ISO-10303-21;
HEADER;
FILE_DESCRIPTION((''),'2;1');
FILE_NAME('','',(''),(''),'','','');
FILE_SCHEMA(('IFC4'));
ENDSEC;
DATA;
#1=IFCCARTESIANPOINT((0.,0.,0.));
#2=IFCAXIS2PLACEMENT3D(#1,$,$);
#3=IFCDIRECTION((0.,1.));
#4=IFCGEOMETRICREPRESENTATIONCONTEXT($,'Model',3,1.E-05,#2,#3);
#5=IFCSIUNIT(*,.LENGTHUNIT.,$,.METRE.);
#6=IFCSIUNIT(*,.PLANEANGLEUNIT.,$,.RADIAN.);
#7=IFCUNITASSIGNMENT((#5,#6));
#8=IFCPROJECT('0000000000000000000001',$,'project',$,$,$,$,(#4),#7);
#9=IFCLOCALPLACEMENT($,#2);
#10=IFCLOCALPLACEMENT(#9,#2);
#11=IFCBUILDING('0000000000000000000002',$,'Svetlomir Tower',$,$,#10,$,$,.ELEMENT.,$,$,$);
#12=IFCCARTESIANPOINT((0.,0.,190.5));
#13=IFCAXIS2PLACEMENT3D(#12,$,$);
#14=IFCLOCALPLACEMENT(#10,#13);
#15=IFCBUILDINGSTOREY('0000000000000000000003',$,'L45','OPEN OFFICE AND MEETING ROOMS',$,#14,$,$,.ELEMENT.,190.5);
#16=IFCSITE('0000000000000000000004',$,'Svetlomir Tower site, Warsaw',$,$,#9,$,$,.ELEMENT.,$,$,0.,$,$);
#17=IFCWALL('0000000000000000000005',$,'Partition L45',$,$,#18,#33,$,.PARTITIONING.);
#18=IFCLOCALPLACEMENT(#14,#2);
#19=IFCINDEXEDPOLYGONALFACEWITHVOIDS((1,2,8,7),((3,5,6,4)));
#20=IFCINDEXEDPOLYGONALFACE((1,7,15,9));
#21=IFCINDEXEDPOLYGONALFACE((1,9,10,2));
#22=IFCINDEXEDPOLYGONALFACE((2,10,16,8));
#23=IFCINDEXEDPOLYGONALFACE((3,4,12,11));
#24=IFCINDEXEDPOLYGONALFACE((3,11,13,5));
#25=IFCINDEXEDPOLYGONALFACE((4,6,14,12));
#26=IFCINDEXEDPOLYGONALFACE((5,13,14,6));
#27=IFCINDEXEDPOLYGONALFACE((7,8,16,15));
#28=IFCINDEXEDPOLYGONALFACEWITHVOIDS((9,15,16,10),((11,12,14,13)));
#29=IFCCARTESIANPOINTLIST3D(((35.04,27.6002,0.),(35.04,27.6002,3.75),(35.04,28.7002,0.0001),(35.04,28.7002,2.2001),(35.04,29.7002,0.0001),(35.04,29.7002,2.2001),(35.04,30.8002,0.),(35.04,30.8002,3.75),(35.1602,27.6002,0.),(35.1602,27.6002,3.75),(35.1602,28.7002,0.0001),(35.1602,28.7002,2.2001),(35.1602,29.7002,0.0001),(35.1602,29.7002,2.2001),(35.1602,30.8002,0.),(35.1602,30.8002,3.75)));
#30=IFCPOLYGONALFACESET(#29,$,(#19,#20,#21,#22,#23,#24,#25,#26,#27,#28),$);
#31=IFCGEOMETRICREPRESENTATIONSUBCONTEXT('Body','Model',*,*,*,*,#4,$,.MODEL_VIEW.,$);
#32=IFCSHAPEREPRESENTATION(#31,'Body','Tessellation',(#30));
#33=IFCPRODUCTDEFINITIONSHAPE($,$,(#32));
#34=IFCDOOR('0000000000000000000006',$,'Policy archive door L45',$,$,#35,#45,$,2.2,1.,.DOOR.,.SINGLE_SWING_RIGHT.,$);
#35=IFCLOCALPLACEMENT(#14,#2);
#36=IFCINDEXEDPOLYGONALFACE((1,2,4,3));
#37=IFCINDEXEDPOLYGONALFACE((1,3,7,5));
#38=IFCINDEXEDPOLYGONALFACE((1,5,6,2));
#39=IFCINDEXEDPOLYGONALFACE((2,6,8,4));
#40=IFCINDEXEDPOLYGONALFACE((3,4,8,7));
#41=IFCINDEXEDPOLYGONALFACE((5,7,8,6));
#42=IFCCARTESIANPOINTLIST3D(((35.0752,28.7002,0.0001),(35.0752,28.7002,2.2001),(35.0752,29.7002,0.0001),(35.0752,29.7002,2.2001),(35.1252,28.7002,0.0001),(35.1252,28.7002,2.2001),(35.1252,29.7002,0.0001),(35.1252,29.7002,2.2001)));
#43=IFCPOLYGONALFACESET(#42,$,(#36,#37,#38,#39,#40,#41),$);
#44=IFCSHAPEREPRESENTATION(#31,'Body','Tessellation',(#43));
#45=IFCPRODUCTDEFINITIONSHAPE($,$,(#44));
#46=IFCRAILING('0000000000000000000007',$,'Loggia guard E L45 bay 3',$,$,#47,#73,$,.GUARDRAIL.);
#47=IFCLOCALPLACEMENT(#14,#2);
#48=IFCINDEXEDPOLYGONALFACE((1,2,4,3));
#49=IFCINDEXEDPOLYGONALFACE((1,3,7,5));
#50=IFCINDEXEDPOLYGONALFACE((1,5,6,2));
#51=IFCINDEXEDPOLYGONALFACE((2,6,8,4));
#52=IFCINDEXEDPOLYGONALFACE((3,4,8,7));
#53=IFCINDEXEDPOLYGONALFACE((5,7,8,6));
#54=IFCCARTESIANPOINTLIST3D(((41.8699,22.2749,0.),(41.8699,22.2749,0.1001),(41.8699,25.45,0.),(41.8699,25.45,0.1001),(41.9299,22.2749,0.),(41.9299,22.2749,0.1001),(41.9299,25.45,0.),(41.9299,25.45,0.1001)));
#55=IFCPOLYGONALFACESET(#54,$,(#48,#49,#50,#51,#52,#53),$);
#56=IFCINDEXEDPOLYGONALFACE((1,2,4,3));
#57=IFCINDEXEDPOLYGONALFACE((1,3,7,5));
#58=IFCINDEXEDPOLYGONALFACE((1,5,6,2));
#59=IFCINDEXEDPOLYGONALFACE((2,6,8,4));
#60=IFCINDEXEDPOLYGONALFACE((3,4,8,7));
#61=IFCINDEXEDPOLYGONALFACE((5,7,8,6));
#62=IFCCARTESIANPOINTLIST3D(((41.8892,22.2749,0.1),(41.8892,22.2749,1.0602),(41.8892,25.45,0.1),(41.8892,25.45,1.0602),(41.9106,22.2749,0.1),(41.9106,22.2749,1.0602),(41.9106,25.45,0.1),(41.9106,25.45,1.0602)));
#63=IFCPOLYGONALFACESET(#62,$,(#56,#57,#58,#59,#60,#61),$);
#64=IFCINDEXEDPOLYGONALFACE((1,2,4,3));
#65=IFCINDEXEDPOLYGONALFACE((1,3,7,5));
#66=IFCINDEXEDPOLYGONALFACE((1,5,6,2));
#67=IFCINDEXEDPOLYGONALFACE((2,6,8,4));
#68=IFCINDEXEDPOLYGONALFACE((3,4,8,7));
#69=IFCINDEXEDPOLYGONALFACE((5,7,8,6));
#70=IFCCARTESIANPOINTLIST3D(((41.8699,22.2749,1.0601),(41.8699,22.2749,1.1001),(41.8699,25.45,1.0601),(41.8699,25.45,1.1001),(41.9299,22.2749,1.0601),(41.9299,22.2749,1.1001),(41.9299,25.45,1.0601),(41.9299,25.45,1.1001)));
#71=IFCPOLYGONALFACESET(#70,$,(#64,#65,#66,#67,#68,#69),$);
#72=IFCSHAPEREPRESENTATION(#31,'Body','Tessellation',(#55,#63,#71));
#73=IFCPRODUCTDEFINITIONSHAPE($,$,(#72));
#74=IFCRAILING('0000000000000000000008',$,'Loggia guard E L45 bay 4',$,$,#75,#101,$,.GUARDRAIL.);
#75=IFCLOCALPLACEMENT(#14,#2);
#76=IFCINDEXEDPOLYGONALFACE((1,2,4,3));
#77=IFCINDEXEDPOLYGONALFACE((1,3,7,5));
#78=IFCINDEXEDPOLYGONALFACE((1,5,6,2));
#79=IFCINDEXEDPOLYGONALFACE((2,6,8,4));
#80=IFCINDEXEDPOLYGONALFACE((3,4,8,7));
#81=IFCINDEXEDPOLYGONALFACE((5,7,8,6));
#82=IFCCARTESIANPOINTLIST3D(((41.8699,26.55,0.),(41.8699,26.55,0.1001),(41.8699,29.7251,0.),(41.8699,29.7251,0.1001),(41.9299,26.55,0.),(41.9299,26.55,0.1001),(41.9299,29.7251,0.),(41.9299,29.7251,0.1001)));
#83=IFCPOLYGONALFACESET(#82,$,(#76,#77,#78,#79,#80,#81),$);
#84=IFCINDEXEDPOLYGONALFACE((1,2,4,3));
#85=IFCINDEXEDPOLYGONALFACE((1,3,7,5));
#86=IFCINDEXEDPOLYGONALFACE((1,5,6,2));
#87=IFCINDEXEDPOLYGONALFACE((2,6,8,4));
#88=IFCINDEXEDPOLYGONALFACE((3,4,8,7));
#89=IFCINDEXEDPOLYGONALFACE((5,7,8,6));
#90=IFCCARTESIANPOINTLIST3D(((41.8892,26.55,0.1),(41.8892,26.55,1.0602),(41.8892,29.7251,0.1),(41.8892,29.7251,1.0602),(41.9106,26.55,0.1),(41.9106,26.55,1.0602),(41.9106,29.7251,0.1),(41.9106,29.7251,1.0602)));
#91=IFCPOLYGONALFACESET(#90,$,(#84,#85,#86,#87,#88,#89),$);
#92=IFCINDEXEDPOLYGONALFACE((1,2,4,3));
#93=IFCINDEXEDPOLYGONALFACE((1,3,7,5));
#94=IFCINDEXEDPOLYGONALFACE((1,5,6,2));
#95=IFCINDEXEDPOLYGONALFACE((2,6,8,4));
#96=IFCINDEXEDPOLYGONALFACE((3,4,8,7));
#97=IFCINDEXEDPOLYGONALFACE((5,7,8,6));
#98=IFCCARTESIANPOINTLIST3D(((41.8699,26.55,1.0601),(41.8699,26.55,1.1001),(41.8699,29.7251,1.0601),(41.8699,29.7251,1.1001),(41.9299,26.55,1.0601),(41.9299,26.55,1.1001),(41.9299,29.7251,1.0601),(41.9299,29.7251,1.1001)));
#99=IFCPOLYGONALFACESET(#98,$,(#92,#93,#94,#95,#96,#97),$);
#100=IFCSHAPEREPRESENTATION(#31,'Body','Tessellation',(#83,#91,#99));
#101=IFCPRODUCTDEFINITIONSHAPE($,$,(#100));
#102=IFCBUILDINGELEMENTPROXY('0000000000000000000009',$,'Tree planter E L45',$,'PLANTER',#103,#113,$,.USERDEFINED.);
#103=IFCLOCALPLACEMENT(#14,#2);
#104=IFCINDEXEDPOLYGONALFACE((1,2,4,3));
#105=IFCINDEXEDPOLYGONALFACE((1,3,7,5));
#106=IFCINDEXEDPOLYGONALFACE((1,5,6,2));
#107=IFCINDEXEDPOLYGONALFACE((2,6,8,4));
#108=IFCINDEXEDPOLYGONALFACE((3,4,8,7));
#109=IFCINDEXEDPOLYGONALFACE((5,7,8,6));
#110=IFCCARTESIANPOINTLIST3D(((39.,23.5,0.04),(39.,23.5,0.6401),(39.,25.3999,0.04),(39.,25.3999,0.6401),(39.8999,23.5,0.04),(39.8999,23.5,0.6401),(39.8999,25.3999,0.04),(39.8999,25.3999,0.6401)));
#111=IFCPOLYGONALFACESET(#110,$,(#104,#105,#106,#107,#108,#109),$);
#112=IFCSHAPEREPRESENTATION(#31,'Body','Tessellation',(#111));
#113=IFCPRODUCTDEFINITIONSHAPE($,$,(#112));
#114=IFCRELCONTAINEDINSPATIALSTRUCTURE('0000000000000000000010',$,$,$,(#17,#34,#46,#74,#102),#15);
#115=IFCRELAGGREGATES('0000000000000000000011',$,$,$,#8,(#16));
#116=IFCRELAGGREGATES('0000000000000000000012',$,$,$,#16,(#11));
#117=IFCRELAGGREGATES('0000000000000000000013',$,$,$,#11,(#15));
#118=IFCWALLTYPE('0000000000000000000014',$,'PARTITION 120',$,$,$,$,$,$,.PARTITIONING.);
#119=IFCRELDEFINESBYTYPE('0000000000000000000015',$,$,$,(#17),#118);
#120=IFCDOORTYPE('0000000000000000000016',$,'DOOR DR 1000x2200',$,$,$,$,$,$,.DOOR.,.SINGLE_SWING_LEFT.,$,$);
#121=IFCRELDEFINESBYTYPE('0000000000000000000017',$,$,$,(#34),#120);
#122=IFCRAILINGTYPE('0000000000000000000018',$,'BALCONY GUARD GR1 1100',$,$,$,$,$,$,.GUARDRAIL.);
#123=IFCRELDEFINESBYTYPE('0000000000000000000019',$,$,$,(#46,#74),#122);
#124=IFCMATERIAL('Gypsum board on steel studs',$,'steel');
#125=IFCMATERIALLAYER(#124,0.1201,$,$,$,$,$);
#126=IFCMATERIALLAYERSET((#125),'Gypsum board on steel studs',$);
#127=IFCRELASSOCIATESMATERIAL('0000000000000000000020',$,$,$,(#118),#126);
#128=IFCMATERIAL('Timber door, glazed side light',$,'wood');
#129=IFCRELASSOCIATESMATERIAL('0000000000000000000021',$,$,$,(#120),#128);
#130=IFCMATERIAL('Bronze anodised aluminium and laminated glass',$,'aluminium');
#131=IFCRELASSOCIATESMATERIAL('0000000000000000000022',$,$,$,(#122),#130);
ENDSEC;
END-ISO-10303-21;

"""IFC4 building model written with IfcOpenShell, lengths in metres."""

from ifc_helpers import new_model, si_unit, direction, frame, frame_2d, origin, origin_2d, place, context, subcontext, project, spatial, rectangle, extrude, material, layer, layer_set, type_object, element, fill, save


model = new_model("IFC4")

# Units and contexts
model_context = context("Model", 3, precision=1e-05, world=origin(), true_north=direction((0.0, 1.0)))
body_context = subcontext(model_context, "Body", "Model", "MODEL_VIEW")
ifc_project = project(units=[si_unit("LENGTHUNIT", "METRE"), si_unit("PLANEANGLEUNIT", "RADIAN")], contexts=[model_context])

# Site, building, storey
site_placement = place(None, origin())
site = spatial("IfcSite", under=ifc_project, at=site_placement, Name="Svetlomir Tower site, Warsaw", CompositionType="ELEMENT", RefElevation=0.0)
building_placement = place(site_placement, origin())
building = spatial("IfcBuilding", under=site, at=building_placement, Name="Svetlomir Tower", CompositionType="ELEMENT")
storey_placement = place(building_placement, frame((0.0, 0.0, 190.5)))
storey = spatial("IfcBuildingStorey", under=building, at=storey_placement, Name="L45", Description="OPEN OFFICE AND MEETING ROOMS", CompositionType="ELEMENT", Elevation=190.5)

# Shared definitions
ifc_material_1 = material(Name="Gypsum board on steel studs", Category="steel")
ifc_layer_1 = layer(ifc_material_1, 0.1201)
ifc_layer_set_1 = layer_set([ifc_layer_1], Name="Gypsum board on steel studs")
wall_type_1 = type_object("IfcWallType", Name="PARTITION 120", PredefinedType="PARTITIONING", material=ifc_layer_set_1)

# Wall, opening, door
wall_1_placement = place(storey_placement, frame((35.1001, 27.6001, 0.0), z_axis=(0.0, 0.0, 1.0), x_axis=(0.0, 1.0, 0.0)))
wall_1 = element("IfcWall", 1, at=wall_1_placement, inside=storey, type_object=wall_type_1, Name="Partition L45", PredefinedType="PARTITIONING", context=body_context, shape_type="SweptSolid", body=[
    extrude(rectangle(XDim=3.2, YDim=0.1201, at=frame_2d((1.6001, 0.0))), origin(), (0.0, 0.0, 1.0), 3.75),
])
opening_1_placement = place(wall_1_placement, frame((1.1001, 0.0, 0.0)))
opening_1 = element("IfcOpeningElement", 2, at=opening_1_placement, cuts=wall_1, PredefinedType="OPENING", context=body_context, shape_type="SweptSolid", body=[
    extrude(rectangle(XDim=1.0, YDim=2.2, at=frame_2d((0.5, 1.1001))), frame((0.0, 0.0701, 0.0), z_axis=(0.0, -1.0, 0.0), x_axis=(1.0, 0.0, 0.0)), (0.0, 0.0, 1.0), 0.1401),
])
ifc_material_2 = material(Name="Timber door, glazed side light", Category="wood")
door_type_1 = type_object("IfcDoorType", Name="DOOR DR 1000x2200", OperationType="SINGLE_SWING_LEFT", PredefinedType="DOOR", material=ifc_material_2)
door_1_placement = place(opening_1_placement, origin())
door_1 = element("IfcDoor", 3, at=door_1_placement, inside=storey, type_object=door_type_1, Name="Policy archive door L45", OperationType="SINGLE_SWING_RIGHT", OverallHeight=2.2, OverallWidth=1.0, PredefinedType="DOOR", context=body_context, shape_type="SweptSolid", body=[
    extrude(rectangle(XDim=1.0, YDim=2.2, at=frame_2d((0.5, 1.1001))), frame((0.0, 0.0249, 0.0), z_axis=(0.0, -1.0, 0.0), x_axis=(1.0, 0.0, 0.0)), (0.0, 0.0, 1.0), 0.05),
])
fill(opening_1, door_1)

# Railings
ifc_material_3 = material(Name="Bronze anodised aluminium and laminated glass", Category="aluminium")
railing_type = type_object("IfcRailingType", Name="BALCONY GUARD GR1 1100", PredefinedType="GUARDRAIL", material=ifc_material_3)
for number, where, name in (
    (4, (41.8999, 22.2749, 0.0), "Loggia guard E L45 bay 3"),
    (5, (41.8999, 26.55, 0.0), "Loggia guard E L45 bay 4"),
):
    element("IfcRailing", number, at=place(storey_placement, frame(where)), inside=storey, type_object=railing_type, Name=name, PredefinedType="GUARDRAIL", context=body_context, shape_type="SweptSolid", body=[
        extrude(rectangle(XDim=0.0601, YDim=0.1001, at=origin_2d()), frame((0.0, 0.0, 0.05), z_axis=(0.0, 1.0, 0.0), x_axis=(-1.0, 0.0, 0.0)), (0.0, 0.0, 1.0), 3.175),
        extrude(rectangle(XDim=0.0215, YDim=0.9602, at=origin_2d()), frame((0.0, 0.0, 0.5801), z_axis=(0.0, 1.0, 0.0), x_axis=(-1.0, 0.0, 0.0)), (0.0, 0.0, 1.0), 3.175),
        extrude(rectangle(XDim=0.0601, YDim=0.04, at=origin_2d()), frame((0.0, 0.0, 1.0801), z_axis=(0.0, 1.0, 0.0), x_axis=(-1.0, 0.0, 0.0)), (0.0, 0.0, 1.0), 3.175),
    ])

# Building element proxy
proxy_placement = place(storey_placement, frame((39.45, 24.45, 0.04), z_axis=(0.0, 0.0, 1.0), x_axis=(1.0, 0.0, 0.0)))
element("IfcBuildingElementProxy", 6, at=proxy_placement, inside=storey, Name="Tree planter E L45", ObjectType="PLANTER", PredefinedType="USERDEFINED", context=body_context, shape_type="SweptSolid", body=[
    extrude(rectangle(XDim=0.8999, YDim=1.8999, at=origin_2d()), origin(), (0.0, 0.0, 1.0), 0.6001),
])

save(model, "model.ifc")
